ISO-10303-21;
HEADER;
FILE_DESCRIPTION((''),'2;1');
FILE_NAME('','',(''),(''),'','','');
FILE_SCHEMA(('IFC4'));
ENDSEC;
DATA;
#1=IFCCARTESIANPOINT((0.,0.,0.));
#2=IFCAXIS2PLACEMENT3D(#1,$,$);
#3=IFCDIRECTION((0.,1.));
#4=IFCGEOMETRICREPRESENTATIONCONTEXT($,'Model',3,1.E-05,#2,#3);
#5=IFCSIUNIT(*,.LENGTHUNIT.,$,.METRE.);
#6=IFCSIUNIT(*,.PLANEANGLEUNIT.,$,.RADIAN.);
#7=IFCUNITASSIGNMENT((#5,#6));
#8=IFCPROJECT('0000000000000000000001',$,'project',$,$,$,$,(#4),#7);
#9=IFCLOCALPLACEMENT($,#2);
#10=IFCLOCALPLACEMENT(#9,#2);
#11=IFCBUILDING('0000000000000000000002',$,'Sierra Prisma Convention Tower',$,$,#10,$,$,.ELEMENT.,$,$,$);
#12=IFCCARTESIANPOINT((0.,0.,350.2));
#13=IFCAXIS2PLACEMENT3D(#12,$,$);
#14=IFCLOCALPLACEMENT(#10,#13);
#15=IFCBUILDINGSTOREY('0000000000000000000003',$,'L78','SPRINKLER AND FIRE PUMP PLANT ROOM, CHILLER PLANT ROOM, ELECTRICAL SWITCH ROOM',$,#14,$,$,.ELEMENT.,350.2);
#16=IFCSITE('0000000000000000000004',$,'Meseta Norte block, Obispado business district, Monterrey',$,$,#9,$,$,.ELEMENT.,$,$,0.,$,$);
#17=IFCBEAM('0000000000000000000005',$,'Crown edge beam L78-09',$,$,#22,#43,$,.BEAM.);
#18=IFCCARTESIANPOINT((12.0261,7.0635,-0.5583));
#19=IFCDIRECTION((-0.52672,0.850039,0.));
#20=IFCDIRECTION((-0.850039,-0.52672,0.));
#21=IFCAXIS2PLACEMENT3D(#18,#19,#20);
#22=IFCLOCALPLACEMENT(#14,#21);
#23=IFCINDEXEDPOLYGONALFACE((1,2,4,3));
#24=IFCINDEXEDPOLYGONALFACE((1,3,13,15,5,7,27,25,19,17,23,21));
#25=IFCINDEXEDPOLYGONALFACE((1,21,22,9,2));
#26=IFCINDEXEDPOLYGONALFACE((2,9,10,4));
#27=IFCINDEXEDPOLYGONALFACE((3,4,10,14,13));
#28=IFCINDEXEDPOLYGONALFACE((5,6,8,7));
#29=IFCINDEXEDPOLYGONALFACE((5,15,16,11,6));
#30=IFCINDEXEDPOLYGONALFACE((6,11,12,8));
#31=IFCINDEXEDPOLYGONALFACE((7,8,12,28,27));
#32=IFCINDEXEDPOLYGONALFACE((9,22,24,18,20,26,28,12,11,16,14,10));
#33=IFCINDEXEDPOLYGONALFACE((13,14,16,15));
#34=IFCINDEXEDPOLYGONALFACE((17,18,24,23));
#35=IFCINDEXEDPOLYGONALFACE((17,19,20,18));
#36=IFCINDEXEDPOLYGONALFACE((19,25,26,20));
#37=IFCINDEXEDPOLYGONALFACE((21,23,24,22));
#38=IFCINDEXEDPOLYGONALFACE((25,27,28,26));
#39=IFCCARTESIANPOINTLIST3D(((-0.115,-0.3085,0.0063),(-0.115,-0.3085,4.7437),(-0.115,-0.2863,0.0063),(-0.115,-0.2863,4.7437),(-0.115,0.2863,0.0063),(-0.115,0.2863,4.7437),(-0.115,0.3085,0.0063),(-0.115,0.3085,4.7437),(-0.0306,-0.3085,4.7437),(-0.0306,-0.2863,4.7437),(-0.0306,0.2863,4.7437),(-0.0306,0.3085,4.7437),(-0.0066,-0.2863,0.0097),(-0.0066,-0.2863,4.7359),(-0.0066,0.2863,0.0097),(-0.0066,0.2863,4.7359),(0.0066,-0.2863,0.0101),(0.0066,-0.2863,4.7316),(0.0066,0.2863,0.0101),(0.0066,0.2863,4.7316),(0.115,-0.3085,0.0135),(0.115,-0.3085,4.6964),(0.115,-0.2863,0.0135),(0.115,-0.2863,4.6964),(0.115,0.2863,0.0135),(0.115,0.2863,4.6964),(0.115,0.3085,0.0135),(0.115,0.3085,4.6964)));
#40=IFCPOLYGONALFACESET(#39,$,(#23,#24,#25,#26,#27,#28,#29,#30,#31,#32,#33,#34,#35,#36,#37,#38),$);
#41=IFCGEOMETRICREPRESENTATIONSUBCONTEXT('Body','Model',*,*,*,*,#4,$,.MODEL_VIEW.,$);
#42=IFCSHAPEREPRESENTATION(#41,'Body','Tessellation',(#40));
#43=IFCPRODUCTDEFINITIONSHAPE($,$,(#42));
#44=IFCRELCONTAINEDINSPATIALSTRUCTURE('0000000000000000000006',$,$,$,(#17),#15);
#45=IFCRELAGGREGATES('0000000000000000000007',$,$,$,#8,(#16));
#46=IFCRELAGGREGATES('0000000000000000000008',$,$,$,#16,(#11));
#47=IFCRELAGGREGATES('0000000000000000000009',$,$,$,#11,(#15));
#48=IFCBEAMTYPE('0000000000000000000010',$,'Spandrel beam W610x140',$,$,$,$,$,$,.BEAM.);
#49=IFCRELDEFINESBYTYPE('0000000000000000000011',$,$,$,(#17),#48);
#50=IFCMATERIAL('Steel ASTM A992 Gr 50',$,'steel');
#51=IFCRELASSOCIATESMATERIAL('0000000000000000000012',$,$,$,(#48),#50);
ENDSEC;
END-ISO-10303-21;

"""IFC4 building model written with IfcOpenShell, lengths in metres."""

from ifc_helpers import new_model, si_unit, direction, frame, origin, origin_2d, place, context, subcontext, project, spatial, i_section, extrude, clip, halfspace, material, material_profile, profile_set, type_object, element, save


model = new_model("IFC4")

# Units and contexts
model_context = context("Model", 3, precision=1e-05, world=origin(), true_north=direction((0.0, 1.0)))
body_context = subcontext(model_context, "Body", "Model", "MODEL_VIEW")
ifc_project = project(units=[si_unit("LENGTHUNIT", "METRE"), si_unit("PLANEANGLEUNIT", "RADIAN")], contexts=[model_context])

# Site, building, storey
site_placement = place(None, origin())
site = spatial("IfcSite", under=ifc_project, at=site_placement, Name="Meseta Norte block, Obispado business district, Monterrey", CompositionType="ELEMENT", RefElevation=0.0)
building_placement = place(site_placement, origin())
building = spatial("IfcBuilding", under=site, at=building_placement, Name="Sierra Prisma Convention Tower", CompositionType="ELEMENT")
storey_placement = place(building_placement, frame((0.0, 0.0, 350.2)))
storey = spatial("IfcBuildingStorey", under=building, at=storey_placement, Name="L78", Description="SPRINKLER AND FIRE PUMP PLANT ROOM, CHILLER PLANT ROOM, ELECTRICAL SWITCH ROOM", CompositionType="ELEMENT", Elevation=350.2)

# Beam
ifc_material_1 = material(Name="Steel ASTM A992 Gr 50", Category="steel")
ifc_material_profile_1 = material_profile(ifc_material_1, i_section(OverallWidth=0.23, OverallDepth=0.6169, WebThickness=0.0132, FlangeThickness=0.0222, at=origin_2d()), Name="W610x140")
ifc_profile_set_1 = profile_set([ifc_material_profile_1], Name="Steel ASTM A992 Gr 50")
beam_type_1 = type_object("IfcBeamType", Name="Spandrel beam W610x140", PredefinedType="BEAM", material=ifc_profile_set_1)
beam_1_placement = place(storey_placement, frame((12.0261, 7.0635, -0.5583), z_axis=(-0.52672, 0.850039, 0.0), x_axis=(-0.850039, -0.52672, 0.0)))
element("IfcBeam", 1, at=beam_1_placement, inside=storey, type_object=beam_type_1, Name="Crown edge beam L78-09", PredefinedType="BEAM", context=body_context, shape_type="SweptSolid", body=[
    clip(clip(extrude(i_section(OverallWidth=0.23, OverallDepth=0.6169, WebThickness=0.0132, FlangeThickness=0.0222, at=origin_2d()), origin(), (0.0, 0.0, 1.0), 4.7437), halfspace(frame((-0.0034, 0.0, 0.0098), z_axis=(-0.031133, 0.0, 0.999515), x_axis=(0.999515, 0.0, 0.031133)), True)), halfspace(frame((-0.0352, 0.0, 4.7451), z_axis=(-0.308578, 0.0, -0.951199), x_axis=(0.951199, 0.0, -0.308578)), True)),
])

save(model, "model.ifc")
